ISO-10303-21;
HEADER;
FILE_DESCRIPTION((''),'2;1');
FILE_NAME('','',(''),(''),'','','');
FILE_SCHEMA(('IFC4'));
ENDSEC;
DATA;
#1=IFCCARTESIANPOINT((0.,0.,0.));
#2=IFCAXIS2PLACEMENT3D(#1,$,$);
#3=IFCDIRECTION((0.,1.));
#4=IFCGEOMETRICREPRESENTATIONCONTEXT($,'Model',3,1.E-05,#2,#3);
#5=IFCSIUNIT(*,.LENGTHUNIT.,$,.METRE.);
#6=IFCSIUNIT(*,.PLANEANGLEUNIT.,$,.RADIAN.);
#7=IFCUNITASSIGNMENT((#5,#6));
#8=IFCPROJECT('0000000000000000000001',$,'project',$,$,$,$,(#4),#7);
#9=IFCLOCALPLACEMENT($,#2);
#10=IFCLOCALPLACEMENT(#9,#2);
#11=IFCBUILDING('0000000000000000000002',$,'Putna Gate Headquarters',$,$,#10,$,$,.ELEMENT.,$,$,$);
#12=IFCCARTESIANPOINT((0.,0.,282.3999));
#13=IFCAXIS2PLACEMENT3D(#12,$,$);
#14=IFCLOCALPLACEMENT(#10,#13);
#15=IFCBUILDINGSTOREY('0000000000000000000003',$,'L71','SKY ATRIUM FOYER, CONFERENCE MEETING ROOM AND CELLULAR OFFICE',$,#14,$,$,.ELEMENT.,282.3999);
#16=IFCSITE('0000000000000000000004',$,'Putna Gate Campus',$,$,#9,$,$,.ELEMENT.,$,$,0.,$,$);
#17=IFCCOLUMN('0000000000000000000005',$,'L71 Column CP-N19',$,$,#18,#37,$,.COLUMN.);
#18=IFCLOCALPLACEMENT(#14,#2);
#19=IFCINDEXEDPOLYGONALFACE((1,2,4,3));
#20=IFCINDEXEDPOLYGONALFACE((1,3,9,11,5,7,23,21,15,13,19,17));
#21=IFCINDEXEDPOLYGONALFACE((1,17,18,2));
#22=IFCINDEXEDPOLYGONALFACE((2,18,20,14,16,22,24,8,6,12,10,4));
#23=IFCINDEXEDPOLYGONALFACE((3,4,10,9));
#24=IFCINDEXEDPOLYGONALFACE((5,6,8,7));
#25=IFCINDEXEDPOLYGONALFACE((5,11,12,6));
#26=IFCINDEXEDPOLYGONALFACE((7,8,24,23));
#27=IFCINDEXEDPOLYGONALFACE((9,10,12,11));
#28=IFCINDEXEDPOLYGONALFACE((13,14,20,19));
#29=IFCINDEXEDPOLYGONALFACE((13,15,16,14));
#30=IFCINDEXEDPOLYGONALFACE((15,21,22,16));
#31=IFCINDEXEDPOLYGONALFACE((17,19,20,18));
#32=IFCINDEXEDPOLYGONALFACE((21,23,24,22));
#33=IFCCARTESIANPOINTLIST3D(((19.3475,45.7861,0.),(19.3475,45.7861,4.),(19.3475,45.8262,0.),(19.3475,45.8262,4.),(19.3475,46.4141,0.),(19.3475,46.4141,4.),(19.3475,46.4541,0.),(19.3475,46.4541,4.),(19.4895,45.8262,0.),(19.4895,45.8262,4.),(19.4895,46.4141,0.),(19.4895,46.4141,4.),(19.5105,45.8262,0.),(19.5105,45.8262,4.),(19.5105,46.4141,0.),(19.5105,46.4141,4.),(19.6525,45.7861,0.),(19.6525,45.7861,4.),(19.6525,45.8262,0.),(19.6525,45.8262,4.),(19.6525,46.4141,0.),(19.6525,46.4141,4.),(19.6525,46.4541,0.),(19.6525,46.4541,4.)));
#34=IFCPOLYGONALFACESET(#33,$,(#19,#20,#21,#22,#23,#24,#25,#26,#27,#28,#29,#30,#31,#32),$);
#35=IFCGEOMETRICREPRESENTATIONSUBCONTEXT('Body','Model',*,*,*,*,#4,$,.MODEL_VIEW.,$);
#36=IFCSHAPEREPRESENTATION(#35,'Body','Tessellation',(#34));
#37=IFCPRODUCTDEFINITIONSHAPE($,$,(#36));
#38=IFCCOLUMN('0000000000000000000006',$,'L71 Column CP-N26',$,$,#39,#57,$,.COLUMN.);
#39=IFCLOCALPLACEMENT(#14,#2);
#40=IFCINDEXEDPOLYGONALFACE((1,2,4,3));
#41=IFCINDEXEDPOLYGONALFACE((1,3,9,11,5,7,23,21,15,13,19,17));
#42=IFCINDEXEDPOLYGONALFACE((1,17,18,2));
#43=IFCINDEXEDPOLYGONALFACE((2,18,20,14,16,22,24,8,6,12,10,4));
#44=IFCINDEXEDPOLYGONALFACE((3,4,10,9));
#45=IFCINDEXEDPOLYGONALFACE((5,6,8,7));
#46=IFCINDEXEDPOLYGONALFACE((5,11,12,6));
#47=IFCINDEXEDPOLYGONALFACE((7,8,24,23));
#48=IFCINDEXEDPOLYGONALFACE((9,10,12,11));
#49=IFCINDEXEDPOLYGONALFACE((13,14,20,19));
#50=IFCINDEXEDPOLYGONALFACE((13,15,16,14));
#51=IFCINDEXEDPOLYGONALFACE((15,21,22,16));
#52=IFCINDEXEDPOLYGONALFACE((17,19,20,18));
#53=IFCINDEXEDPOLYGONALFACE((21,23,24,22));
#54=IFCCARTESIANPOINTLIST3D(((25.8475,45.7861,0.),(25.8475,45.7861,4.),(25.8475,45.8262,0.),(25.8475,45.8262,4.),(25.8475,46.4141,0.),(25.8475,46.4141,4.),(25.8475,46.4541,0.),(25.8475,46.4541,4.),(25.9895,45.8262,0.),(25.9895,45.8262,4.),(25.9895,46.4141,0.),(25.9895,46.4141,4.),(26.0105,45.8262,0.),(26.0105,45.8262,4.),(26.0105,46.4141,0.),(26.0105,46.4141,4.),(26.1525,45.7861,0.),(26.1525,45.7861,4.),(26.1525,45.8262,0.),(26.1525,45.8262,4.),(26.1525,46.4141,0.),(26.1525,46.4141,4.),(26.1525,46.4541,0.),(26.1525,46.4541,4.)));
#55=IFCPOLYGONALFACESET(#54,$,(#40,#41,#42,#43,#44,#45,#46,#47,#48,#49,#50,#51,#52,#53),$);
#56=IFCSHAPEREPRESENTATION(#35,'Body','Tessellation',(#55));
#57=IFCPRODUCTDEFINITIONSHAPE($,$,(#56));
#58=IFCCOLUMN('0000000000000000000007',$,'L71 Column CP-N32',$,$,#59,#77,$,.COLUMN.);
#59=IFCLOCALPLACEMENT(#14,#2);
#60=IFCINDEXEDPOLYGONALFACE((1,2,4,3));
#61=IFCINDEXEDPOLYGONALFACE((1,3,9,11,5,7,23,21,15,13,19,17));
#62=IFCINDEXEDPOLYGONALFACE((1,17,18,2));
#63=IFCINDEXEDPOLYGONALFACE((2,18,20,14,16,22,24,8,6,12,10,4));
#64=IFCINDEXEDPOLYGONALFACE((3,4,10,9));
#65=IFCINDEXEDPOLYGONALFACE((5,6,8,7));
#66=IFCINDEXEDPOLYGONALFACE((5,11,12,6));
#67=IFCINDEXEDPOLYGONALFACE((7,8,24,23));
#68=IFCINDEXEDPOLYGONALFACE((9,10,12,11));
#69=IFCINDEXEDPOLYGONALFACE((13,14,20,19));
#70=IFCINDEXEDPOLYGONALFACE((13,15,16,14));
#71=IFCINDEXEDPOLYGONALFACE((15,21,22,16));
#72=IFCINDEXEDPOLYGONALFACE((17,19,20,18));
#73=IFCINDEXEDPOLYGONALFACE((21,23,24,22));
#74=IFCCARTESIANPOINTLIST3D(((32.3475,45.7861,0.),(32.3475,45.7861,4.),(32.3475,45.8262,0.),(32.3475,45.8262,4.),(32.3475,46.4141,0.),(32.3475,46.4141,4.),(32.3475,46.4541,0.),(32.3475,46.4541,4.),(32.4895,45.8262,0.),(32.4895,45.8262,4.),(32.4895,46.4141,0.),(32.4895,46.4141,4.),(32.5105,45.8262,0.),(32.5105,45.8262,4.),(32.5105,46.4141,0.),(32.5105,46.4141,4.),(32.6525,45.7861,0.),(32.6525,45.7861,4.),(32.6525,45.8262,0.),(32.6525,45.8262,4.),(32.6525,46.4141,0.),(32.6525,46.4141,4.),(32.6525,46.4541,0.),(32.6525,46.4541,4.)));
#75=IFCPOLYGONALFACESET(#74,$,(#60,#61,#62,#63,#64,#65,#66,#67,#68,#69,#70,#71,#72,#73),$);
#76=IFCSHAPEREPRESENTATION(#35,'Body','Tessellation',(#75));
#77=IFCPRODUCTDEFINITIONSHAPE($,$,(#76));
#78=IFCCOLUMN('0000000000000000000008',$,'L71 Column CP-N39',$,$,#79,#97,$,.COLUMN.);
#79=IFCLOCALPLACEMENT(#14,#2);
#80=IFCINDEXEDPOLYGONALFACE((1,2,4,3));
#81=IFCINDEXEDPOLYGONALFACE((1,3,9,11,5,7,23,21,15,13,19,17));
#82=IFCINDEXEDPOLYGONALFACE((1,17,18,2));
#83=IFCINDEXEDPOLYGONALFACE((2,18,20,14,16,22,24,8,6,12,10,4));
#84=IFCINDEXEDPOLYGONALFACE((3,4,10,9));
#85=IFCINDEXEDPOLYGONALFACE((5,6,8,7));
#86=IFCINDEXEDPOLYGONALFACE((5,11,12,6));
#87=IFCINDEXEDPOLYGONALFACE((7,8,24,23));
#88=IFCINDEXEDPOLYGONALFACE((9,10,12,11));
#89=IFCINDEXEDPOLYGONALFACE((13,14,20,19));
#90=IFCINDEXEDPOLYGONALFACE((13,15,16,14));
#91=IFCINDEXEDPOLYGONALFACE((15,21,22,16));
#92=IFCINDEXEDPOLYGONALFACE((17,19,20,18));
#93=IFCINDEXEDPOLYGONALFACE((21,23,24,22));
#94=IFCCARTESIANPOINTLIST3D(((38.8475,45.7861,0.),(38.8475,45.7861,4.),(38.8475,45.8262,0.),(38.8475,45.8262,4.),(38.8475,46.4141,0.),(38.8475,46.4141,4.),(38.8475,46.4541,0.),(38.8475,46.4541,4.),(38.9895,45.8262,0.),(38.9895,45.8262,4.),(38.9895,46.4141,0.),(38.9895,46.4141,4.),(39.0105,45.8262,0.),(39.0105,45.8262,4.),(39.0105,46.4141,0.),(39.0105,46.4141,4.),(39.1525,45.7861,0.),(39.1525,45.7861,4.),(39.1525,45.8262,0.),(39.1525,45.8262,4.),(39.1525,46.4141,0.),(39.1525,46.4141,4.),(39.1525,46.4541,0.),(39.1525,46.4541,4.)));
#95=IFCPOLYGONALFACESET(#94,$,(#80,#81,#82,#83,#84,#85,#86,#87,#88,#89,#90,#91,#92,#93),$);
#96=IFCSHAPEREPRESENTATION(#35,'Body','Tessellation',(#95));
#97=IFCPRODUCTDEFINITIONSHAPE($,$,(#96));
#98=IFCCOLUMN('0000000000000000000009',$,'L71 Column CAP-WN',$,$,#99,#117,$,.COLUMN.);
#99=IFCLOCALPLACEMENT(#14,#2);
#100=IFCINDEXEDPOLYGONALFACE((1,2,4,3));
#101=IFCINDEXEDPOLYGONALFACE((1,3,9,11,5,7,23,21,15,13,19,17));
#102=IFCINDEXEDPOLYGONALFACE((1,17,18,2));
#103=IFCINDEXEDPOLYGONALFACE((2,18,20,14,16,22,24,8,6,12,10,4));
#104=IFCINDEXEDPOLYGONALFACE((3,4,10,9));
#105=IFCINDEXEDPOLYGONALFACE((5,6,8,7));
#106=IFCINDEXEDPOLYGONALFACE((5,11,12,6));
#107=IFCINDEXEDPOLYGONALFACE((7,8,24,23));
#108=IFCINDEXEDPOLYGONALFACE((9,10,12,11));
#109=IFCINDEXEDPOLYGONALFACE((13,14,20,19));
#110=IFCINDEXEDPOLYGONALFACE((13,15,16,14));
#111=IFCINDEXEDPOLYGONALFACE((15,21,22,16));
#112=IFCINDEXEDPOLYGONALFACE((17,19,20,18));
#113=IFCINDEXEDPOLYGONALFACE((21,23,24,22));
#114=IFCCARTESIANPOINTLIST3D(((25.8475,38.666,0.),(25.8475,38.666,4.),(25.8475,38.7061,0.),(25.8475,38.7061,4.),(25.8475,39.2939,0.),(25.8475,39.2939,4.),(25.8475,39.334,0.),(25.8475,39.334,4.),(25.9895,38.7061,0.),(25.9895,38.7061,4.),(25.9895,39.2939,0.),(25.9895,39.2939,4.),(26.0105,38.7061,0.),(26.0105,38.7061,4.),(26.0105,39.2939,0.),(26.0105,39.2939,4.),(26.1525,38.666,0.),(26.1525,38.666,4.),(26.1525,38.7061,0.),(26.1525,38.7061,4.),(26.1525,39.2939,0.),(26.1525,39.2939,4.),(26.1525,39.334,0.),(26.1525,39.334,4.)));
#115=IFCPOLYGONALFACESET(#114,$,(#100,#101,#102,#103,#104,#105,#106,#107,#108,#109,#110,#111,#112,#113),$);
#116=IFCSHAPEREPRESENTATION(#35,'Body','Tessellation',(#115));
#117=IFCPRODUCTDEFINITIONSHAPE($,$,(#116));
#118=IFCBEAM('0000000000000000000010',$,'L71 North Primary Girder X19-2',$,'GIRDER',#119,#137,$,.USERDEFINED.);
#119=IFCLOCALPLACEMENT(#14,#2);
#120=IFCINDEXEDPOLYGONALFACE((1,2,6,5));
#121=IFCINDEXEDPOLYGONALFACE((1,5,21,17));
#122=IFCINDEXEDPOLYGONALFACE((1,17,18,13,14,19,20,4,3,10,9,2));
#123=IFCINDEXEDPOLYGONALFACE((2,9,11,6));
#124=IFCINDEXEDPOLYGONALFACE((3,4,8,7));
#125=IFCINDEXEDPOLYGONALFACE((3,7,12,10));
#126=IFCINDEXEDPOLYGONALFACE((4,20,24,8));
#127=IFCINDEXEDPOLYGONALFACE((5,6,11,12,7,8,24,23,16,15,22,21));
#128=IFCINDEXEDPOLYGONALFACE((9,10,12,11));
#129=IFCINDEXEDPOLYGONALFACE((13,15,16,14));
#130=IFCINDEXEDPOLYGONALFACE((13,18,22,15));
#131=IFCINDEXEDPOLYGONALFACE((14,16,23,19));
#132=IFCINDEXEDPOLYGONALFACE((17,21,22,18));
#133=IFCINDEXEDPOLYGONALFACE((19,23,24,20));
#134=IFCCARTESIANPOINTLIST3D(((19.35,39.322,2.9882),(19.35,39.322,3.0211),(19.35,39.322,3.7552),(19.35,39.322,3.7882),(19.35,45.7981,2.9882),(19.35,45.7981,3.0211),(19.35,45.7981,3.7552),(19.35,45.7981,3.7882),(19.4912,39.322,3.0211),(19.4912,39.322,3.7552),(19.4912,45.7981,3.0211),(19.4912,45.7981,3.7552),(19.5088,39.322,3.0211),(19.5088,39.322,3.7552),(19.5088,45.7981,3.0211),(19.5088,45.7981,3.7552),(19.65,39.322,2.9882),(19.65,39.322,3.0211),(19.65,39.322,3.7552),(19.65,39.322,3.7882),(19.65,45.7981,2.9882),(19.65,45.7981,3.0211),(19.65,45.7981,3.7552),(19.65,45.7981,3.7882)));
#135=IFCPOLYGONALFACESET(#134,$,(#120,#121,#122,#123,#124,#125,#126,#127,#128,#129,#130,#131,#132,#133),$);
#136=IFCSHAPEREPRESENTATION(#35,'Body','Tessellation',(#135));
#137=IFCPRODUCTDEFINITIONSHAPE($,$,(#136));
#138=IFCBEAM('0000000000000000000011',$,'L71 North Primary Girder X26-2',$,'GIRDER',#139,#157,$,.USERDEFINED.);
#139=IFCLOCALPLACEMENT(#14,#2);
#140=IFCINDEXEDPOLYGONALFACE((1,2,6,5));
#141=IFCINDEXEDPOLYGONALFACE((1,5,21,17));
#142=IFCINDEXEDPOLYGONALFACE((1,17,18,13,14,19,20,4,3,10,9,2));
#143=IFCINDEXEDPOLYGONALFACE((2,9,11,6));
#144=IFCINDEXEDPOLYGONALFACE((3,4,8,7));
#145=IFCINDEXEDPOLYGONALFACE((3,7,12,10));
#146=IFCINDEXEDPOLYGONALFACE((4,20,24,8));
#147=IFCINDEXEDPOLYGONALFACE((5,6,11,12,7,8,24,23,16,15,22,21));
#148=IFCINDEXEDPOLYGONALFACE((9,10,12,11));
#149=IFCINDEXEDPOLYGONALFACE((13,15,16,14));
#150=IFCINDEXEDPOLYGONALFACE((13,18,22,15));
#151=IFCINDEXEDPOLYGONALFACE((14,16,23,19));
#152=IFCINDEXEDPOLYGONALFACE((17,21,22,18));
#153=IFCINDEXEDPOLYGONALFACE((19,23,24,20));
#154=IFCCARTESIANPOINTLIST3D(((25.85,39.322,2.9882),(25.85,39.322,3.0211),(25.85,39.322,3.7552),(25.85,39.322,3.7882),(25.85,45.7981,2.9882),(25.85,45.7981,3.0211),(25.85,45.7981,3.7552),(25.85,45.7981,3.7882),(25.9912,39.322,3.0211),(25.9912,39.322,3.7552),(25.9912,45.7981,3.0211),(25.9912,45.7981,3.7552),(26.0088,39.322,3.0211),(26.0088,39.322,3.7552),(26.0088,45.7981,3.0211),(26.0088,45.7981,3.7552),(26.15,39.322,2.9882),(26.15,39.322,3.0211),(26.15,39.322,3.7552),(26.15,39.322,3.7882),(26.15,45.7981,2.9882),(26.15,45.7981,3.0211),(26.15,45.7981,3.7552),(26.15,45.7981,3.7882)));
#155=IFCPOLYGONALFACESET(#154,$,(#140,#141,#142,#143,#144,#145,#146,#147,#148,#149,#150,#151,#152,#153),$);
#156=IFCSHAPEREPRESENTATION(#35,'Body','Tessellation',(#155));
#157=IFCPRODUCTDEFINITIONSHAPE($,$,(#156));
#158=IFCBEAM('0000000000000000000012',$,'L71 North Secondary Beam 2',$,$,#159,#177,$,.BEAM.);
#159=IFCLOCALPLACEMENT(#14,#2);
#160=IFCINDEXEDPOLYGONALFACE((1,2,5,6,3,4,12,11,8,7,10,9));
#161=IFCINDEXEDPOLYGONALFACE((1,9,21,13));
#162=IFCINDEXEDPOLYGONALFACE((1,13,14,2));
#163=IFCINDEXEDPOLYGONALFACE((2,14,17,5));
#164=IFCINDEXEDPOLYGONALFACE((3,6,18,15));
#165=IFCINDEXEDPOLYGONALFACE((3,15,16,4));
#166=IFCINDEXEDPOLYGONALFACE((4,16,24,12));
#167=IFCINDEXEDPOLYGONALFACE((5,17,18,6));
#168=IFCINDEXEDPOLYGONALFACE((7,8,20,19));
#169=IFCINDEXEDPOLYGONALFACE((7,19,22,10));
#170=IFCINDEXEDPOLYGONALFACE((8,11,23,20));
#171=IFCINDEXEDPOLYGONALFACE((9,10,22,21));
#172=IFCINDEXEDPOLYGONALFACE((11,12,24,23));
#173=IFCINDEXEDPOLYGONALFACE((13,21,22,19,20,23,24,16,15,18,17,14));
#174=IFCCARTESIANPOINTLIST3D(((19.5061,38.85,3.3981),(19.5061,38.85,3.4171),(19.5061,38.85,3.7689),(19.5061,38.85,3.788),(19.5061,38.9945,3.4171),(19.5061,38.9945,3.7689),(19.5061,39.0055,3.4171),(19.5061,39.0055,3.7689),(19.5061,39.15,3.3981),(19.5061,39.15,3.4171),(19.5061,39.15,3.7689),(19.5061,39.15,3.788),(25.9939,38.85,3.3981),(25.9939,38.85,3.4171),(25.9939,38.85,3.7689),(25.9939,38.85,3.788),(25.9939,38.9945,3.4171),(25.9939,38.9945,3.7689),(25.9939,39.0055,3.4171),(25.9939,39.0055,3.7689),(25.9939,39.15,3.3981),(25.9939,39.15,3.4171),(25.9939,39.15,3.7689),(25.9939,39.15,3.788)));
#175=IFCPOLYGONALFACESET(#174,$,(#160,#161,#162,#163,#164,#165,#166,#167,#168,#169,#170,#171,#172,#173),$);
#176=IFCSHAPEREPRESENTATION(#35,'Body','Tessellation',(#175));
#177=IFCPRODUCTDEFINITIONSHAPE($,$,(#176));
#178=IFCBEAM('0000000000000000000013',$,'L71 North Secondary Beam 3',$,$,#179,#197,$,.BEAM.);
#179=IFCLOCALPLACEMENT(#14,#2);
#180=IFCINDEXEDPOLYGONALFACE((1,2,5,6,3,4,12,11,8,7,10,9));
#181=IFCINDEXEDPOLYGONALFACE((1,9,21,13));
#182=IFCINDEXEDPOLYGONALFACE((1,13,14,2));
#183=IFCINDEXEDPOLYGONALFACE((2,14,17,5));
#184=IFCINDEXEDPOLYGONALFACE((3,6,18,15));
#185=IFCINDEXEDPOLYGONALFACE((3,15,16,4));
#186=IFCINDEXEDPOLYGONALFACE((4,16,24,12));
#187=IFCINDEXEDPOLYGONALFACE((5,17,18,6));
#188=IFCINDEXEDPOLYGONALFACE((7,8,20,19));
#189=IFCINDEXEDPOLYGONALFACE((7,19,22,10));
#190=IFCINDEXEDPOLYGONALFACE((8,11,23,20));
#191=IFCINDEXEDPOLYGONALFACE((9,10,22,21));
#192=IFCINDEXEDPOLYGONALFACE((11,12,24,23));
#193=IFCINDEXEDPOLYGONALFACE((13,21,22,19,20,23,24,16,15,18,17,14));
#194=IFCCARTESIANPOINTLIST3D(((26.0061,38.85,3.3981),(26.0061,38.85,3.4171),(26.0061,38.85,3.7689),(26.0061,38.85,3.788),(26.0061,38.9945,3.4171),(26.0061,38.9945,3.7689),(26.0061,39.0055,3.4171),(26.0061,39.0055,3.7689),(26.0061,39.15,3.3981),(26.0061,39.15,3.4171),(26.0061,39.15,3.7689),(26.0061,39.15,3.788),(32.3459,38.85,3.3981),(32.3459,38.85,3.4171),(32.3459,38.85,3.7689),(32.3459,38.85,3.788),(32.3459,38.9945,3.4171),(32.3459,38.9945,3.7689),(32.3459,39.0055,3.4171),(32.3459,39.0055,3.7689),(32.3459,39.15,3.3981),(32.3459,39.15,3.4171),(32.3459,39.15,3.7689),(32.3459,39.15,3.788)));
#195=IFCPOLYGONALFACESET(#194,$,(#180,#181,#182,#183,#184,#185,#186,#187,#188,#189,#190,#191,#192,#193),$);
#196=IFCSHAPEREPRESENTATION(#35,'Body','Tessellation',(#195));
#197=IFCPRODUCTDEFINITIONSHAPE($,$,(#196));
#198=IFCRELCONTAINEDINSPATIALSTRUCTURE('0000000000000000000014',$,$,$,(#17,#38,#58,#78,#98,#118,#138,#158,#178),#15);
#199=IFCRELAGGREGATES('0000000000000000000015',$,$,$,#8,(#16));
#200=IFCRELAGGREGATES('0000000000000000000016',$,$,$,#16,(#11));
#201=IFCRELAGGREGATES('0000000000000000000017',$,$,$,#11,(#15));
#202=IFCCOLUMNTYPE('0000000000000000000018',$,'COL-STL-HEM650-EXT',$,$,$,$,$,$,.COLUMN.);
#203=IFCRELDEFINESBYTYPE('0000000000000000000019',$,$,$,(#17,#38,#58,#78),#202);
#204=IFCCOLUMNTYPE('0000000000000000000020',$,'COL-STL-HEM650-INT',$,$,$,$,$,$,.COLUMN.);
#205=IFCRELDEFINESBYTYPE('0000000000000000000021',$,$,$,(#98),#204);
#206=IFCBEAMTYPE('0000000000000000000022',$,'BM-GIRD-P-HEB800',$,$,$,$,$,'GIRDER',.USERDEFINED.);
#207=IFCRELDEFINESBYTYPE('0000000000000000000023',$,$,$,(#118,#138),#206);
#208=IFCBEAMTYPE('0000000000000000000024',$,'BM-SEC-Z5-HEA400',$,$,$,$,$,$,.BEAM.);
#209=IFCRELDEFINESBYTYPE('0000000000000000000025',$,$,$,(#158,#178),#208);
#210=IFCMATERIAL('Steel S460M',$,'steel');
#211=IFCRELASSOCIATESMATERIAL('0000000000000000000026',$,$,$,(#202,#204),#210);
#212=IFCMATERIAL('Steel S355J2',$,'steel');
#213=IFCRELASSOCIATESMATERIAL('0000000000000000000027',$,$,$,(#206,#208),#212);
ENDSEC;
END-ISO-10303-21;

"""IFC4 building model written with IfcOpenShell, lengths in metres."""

from ifc_helpers import new_model, si_unit, direction, frame, origin, origin_2d, place, context, subcontext, project, spatial, i_section, extrude, material, material_profile, profile_set, type_object, element, save


model = new_model("IFC4")

# Units and contexts
model_context = context("Model", 3, precision=1e-05, world=origin(), true_north=direction((0.0, 1.0)))
body_context = subcontext(model_context, "Body", "Model", "MODEL_VIEW")
ifc_project = project(units=[si_unit("LENGTHUNIT", "METRE"), si_unit("PLANEANGLEUNIT", "RADIAN")], contexts=[model_context])

# Site, building, storey
site_placement = place(None, origin())
site = spatial("IfcSite", under=ifc_project, at=site_placement, Name="Putna Gate Campus", CompositionType="ELEMENT", RefElevation=0.0)
building_placement = place(site_placement, origin())
building = spatial("IfcBuilding", under=site, at=building_placement, Name="Putna Gate Headquarters", CompositionType="ELEMENT")
storey_placement = place(building_placement, frame((0.0, 0.0, 282.3999)))
storey = spatial("IfcBuildingStorey", under=building, at=storey_placement, Name="L71", Description="SKY ATRIUM FOYER, CONFERENCE MEETING ROOM AND CELLULAR OFFICE", CompositionType="ELEMENT", Elevation=282.3999)

# Columns
ifc_material_1 = material(Name="Steel S460M", Category="steel")
ifc_material_profile_1 = material_profile(ifc_material_1, i_section(OverallWidth=0.3049, OverallDepth=0.668, WebThickness=0.021, FlangeThickness=0.04, at=origin_2d()), Name="Steel S460M")
ifc_profile_set_1 = profile_set([ifc_material_profile_1], Name="Steel S460M")
column_type_1 = type_object("IfcColumnType", Name="COL-STL-HEM650-EXT", PredefinedType="COLUMN", material=ifc_profile_set_1)
for number, where, z_axis, x_axis, name in (
    (1, (19.5, 46.1201, 0.0), (0.0, 0.0, 1.0), (1.0, 0.0, 0.0), "L71 Column CP-N19"),
    (2, (26.0, 46.1201, 0.0), (0.0, 0.0, 1.0), (1.0, 0.0, 0.0), "L71 Column CP-N26"),
    (3, (32.5, 46.1201, 0.0), (0.0, 0.0, 1.0), (1.0, 0.0, 0.0), "L71 Column CP-N32"),
    (4, (39.0, 46.1201, 0.0), (0.0, 0.0, 1.0), (1.0, 0.0, 0.0), "L71 Column CP-N39"),
):
    element("IfcColumn", number, at=place(storey_placement, frame(where, z_axis=z_axis, x_axis=x_axis)), inside=storey, type_object=column_type_1, Name=name, PredefinedType="COLUMN", context=body_context, shape_type="SweptSolid", body=[
        extrude(i_section(OverallWidth=0.3049, OverallDepth=0.668, WebThickness=0.021, FlangeThickness=0.04, at=origin_2d()), origin(), (0.0, 0.0, 1.0), 4.0),
    ])
ifc_material_profile_2 = material_profile(ifc_material_1, i_section(OverallWidth=0.3049, OverallDepth=0.668, WebThickness=0.021, FlangeThickness=0.04, at=origin_2d()), Name="Steel S460M")
ifc_profile_set_2 = profile_set([ifc_material_profile_2], Name="Steel S460M")
column_type_2 = type_object("IfcColumnType", Name="COL-STL-HEM650-INT", PredefinedType="COLUMN", material=ifc_profile_set_2)
column_placement = place(storey_placement, frame((26.0, 39.0, 0.0), z_axis=(0.0, 0.0, 1.0), x_axis=(1.0, 0.0, 0.0)))
element("IfcColumn", 5, at=column_placement, inside=storey, type_object=column_type_2, Name="L71 Column CAP-WN", PredefinedType="COLUMN", context=body_context, shape_type="SweptSolid", body=[
    extrude(i_section(OverallWidth=0.3049, OverallDepth=0.668, WebThickness=0.021, FlangeThickness=0.04, at=origin_2d()), origin(), (0.0, 0.0, 1.0), 4.0),
])

# Beams
ifc_material_2 = material(Name="Steel S355J2", Category="steel")
ifc_material_profile_3 = material_profile(ifc_material_2, i_section(OverallWidth=0.3, OverallDepth=0.8, WebThickness=0.0176, FlangeThickness=0.033, at=origin_2d()), Name="Steel S355J2")
ifc_profile_set_3 = profile_set([ifc_material_profile_3], Name="Steel S355J2")
beam_type_1 = type_object("IfcBeamType", Name="BM-GIRD-P-HEB800", ElementType="GIRDER", PredefinedType="USERDEFINED", material=ifc_profile_set_3)
for number, where, z_axis, x_axis, name in (
    (6, (19.5, 39.322, 3.3882), (0.0, 1.0, 0.0), (-1.0, 0.0, 0.0), "L71 North Primary Girder X19-2"),
    (7, (26.0, 39.322, 3.3882), (0.0, 1.0, 0.0), (-1.0, 0.0, 0.0), "L71 North Primary Girder X26-2"),
):
    element("IfcBeam", number, at=place(storey_placement, frame(where, z_axis=z_axis, x_axis=x_axis)), inside=storey, type_object=beam_type_1, Name=name, ObjectType="GIRDER", PredefinedType="USERDEFINED", context=body_context, shape_type="SweptSolid", body=[
        extrude(i_section(OverallWidth=0.3, OverallDepth=0.8, WebThickness=0.0176, FlangeThickness=0.033, at=origin_2d()), origin(), (0.0, 0.0, 1.0), 6.4761),
    ])
ifc_material_profile_4 = material_profile(ifc_material_2, i_section(OverallWidth=0.3, OverallDepth=0.3899, WebThickness=0.011, FlangeThickness=0.019, at=origin_2d()), Name="Steel S355J2")
ifc_profile_set_4 = profile_set([ifc_material_profile_4], Name="Steel S355J2")
beam_type_2 = type_object("IfcBeamType", Name="BM-SEC-Z5-HEA400", PredefinedType="BEAM", material=ifc_profile_set_4)
beam_1_placement = place(storey_placement, frame((19.5061, 39.0, 3.593), z_axis=(1.0, 0.0, 0.0), x_axis=(0.0, 1.0, 0.0)))
element("IfcBeam", 8, at=beam_1_placement, inside=storey, type_object=beam_type_2, Name="L71 North Secondary Beam 2", PredefinedType="BEAM", context=body_context, shape_type="SweptSolid", body=[
    extrude(i_section(OverallWidth=0.3, OverallDepth=0.3899, WebThickness=0.011, FlangeThickness=0.019, at=origin_2d()), origin(), (0.0, 0.0, 1.0), 6.4878),
])
beam_2_placement = place(storey_placement, frame((26.0061, 39.0, 3.593), z_axis=(1.0, 0.0, 0.0), x_axis=(0.0, 1.0, 0.0)))
element("IfcBeam", 9, at=beam_2_placement, inside=storey, type_object=beam_type_2, Name="L71 North Secondary Beam 3", PredefinedType="BEAM", context=body_context, shape_type="SweptSolid", body=[
    extrude(i_section(OverallWidth=0.3, OverallDepth=0.3899, WebThickness=0.011, FlangeThickness=0.019, at=origin_2d()), origin(), (0.0, 0.0, 1.0), 6.3398),
])

save(model, "model.ifc")
